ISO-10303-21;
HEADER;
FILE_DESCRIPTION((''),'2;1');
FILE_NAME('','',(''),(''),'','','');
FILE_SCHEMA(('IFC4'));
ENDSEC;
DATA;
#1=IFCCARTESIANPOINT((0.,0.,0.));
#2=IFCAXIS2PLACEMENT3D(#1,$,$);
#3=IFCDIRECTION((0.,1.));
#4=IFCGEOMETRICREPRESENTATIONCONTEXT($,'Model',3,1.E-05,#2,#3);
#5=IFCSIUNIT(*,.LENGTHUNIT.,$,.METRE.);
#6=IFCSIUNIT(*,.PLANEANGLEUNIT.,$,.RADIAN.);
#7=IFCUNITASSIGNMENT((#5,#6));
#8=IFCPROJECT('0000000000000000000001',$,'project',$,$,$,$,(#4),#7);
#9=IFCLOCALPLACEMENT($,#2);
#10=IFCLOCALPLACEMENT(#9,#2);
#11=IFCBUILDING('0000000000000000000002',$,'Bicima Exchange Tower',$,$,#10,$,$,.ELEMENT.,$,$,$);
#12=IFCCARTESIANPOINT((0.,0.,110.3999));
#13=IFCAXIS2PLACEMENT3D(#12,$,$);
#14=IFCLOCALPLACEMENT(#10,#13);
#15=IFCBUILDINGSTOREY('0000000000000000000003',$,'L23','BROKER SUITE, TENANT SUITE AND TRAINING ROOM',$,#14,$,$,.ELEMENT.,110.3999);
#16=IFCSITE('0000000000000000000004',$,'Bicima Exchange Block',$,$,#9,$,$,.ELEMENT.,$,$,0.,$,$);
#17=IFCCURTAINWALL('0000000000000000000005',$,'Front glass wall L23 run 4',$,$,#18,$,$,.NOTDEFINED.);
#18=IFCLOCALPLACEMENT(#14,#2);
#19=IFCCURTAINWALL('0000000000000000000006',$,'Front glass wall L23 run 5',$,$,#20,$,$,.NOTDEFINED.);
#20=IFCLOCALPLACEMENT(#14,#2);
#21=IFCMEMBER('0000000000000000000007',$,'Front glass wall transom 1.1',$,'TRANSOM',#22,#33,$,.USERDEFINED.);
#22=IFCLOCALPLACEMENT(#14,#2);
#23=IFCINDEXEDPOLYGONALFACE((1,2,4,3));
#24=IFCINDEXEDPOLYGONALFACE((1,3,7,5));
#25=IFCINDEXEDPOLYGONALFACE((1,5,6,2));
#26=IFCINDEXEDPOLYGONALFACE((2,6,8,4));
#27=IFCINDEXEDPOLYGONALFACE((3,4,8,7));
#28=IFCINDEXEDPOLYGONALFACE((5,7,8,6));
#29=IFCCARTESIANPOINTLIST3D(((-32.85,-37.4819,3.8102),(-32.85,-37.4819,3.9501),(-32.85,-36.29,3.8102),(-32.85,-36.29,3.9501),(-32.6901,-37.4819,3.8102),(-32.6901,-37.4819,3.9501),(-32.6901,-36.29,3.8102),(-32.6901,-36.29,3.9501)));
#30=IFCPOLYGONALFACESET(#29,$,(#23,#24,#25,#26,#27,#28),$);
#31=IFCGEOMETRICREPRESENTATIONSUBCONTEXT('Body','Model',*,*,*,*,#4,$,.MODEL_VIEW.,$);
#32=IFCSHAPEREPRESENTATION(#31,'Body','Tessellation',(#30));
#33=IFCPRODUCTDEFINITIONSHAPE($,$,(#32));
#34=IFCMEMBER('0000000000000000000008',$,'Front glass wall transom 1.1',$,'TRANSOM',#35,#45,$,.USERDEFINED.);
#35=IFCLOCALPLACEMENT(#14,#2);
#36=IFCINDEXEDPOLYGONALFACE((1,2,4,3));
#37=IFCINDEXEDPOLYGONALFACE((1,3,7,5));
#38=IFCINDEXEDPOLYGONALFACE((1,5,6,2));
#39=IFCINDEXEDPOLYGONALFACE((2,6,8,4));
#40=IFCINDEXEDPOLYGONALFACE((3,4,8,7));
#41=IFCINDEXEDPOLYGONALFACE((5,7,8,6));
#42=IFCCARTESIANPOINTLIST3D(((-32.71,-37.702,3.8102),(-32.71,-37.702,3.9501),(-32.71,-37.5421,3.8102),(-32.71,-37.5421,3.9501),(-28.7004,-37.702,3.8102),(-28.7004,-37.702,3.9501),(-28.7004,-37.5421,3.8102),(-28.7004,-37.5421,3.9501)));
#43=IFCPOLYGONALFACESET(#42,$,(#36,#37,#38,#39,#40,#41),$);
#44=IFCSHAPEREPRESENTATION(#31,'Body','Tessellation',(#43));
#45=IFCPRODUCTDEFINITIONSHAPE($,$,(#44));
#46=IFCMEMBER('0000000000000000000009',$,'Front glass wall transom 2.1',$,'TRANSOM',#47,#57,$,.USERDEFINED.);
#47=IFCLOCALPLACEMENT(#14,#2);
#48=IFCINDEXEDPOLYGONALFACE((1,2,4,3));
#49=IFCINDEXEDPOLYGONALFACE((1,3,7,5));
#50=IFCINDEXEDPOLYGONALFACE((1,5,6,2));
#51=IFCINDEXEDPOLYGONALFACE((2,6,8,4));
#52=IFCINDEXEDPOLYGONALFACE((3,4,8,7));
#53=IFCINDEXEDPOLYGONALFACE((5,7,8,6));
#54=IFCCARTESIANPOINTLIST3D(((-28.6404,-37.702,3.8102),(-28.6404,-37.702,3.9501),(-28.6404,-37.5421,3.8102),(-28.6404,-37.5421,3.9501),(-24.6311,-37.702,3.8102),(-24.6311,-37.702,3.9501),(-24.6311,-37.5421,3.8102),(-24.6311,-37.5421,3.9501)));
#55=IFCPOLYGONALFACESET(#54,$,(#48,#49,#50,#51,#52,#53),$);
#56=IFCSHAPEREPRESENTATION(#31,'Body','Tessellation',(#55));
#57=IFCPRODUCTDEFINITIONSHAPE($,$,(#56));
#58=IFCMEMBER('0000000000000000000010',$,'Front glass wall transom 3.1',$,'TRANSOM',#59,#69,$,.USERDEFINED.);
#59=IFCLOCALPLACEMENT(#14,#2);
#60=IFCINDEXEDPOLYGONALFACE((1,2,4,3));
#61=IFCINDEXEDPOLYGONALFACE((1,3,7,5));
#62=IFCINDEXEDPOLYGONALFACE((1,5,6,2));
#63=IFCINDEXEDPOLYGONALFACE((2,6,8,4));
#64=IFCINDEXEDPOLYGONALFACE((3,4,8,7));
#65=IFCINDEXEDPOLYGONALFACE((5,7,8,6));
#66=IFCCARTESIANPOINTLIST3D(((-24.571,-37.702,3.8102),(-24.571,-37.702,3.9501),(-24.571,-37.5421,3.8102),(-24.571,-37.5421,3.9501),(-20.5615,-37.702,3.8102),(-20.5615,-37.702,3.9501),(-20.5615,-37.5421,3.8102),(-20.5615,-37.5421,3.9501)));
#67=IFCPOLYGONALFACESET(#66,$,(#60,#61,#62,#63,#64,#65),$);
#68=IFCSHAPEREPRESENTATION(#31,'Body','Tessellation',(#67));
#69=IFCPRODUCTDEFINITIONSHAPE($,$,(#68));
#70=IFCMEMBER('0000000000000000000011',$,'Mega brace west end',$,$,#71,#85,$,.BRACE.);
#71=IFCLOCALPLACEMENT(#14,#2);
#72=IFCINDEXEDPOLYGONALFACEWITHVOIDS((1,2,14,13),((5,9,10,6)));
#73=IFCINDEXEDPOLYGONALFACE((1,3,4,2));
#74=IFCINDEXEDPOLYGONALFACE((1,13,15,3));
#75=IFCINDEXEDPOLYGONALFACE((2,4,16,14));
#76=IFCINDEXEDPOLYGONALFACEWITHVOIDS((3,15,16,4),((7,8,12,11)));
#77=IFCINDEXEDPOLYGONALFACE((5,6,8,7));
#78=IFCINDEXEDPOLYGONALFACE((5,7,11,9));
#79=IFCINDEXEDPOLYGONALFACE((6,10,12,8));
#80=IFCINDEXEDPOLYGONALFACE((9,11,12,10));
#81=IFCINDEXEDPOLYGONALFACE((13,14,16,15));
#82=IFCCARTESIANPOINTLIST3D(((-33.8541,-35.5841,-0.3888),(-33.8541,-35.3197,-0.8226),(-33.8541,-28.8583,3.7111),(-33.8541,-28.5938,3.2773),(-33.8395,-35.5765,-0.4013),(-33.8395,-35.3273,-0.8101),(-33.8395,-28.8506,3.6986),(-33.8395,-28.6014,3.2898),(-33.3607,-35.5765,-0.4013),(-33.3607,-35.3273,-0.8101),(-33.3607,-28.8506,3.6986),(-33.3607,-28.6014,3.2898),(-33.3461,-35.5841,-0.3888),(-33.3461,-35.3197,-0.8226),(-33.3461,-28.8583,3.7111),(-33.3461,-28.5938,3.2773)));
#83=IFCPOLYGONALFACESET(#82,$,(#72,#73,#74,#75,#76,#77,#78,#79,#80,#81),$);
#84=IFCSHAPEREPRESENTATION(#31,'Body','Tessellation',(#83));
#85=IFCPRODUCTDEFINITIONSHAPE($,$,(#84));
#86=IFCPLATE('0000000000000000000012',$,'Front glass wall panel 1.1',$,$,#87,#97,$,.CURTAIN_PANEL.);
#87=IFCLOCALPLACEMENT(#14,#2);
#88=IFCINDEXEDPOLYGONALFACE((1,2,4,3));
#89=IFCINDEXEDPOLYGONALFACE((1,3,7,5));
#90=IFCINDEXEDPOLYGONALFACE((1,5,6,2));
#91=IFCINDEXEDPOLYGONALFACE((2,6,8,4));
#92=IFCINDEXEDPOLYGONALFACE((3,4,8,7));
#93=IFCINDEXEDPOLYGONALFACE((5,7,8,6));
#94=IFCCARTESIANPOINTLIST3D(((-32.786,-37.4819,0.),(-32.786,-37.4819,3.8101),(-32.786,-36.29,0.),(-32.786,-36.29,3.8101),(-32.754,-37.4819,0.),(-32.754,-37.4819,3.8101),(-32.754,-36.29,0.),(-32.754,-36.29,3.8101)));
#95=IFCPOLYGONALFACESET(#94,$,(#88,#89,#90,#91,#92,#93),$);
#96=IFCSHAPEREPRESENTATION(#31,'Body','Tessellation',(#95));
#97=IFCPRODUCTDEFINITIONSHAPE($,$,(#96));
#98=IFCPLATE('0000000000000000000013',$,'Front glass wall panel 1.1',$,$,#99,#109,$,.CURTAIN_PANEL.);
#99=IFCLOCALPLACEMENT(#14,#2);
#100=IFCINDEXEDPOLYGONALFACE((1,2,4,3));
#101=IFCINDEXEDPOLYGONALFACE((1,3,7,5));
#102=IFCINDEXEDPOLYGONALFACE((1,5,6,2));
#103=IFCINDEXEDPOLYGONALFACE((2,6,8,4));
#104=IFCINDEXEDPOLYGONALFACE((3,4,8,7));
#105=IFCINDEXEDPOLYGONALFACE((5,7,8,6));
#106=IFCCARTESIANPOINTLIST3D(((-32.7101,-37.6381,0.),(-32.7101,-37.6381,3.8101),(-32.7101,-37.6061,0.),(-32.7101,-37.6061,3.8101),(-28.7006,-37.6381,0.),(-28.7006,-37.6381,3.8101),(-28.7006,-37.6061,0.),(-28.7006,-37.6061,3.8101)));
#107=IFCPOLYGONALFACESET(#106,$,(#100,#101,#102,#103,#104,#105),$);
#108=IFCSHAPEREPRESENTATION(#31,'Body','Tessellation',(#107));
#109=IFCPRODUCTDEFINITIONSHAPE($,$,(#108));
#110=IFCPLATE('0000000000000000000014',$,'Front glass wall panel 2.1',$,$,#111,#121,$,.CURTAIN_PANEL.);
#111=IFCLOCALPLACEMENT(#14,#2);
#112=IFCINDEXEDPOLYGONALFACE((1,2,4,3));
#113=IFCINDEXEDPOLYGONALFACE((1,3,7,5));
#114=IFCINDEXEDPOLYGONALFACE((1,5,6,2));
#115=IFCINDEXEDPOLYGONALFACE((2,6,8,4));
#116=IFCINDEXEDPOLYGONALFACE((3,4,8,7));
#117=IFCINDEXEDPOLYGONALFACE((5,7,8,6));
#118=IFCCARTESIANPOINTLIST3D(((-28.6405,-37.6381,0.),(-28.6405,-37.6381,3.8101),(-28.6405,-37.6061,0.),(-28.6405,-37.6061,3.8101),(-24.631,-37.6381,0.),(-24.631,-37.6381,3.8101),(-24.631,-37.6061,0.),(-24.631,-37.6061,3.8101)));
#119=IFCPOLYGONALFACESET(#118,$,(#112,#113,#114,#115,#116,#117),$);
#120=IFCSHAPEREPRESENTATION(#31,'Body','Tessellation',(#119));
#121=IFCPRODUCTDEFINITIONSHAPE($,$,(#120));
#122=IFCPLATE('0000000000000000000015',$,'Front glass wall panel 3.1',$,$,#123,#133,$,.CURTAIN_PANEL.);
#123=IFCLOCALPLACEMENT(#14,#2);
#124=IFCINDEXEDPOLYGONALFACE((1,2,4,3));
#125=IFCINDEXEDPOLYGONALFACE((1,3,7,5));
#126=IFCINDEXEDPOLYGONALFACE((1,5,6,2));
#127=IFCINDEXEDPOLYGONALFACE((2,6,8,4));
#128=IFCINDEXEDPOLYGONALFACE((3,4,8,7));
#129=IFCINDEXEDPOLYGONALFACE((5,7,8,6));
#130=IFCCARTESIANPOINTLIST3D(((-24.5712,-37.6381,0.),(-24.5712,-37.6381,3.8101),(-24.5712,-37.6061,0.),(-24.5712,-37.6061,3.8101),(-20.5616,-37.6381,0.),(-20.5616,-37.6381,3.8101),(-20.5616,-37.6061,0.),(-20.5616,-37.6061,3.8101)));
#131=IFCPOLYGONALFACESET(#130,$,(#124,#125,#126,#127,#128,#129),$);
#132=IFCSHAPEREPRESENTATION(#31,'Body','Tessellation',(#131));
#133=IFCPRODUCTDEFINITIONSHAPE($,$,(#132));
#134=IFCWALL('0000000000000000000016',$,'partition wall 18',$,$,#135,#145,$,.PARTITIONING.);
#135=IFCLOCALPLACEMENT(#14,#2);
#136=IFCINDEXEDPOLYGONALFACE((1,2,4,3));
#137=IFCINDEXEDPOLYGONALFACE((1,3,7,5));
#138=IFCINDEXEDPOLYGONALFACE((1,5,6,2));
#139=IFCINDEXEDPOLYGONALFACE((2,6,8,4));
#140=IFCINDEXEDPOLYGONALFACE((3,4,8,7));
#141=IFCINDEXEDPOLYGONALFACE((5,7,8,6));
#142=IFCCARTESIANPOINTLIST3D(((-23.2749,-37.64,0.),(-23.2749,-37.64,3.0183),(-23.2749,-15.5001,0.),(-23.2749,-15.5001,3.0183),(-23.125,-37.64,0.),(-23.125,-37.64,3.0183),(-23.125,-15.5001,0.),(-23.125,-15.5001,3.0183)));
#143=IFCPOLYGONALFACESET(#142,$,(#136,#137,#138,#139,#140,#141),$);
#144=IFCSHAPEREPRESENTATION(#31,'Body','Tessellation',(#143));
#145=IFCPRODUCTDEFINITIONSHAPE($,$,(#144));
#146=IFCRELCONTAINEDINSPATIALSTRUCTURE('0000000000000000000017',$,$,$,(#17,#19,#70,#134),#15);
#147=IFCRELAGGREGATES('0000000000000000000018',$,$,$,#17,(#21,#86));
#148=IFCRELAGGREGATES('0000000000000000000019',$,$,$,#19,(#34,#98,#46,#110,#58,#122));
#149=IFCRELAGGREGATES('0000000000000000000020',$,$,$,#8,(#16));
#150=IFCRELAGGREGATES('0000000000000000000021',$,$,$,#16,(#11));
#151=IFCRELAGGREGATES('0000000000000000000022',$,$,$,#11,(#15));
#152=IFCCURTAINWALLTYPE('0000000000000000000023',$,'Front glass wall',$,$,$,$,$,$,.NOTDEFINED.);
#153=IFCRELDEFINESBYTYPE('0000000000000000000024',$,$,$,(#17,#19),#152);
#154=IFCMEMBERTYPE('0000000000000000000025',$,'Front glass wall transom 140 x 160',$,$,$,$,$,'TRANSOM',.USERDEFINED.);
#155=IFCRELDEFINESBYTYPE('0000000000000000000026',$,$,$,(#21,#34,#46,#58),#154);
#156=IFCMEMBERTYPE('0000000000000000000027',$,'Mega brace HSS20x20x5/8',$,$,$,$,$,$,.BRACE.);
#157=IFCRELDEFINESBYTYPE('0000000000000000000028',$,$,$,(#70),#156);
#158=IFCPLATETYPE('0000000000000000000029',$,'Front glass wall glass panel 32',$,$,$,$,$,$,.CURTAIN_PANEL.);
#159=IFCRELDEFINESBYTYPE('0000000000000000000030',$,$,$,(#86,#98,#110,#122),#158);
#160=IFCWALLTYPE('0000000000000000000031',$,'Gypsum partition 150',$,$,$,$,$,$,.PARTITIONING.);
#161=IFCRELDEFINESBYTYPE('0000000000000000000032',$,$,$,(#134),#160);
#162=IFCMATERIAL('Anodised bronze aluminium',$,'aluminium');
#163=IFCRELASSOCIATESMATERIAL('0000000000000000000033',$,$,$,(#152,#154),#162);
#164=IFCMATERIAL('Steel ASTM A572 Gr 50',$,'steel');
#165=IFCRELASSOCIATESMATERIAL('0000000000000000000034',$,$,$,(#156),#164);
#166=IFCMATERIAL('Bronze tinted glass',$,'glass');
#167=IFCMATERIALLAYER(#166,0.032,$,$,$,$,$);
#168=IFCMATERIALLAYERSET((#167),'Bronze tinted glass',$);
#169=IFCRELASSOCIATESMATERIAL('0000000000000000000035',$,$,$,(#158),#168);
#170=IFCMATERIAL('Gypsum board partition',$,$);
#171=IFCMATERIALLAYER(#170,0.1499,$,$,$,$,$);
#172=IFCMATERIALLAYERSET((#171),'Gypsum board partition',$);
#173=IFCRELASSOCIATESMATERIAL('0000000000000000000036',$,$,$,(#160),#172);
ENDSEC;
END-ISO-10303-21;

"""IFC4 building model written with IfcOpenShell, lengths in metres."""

from ifc_helpers import new_model, si_unit, direction, frame, frame_2d, origin, origin_2d, place, context, subcontext, project, spatial, rectangle, hollow_rectangle, extrude, material, layer, layer_set, material_profile, profile_set, type_object, element, aggregate, save


model = new_model("IFC4")

# Units and contexts
model_context = context("Model", 3, precision=1e-05, world=origin(), true_north=direction((0.0, 1.0)))
body_context = subcontext(model_context, "Body", "Model", "MODEL_VIEW")
ifc_project = project(units=[si_unit("LENGTHUNIT", "METRE"), si_unit("PLANEANGLEUNIT", "RADIAN")], contexts=[model_context])

# Site, building, storey
site_placement = place(None, origin())
site = spatial("IfcSite", under=ifc_project, at=site_placement, Name="Bicima Exchange Block", CompositionType="ELEMENT", RefElevation=0.0)
building_placement = place(site_placement, origin())
building = spatial("IfcBuilding", under=site, at=building_placement, Name="Bicima Exchange Tower", CompositionType="ELEMENT")
storey_placement = place(building_placement, frame((0.0, 0.0, 110.3999)))
storey = spatial("IfcBuildingStorey", under=building, at=storey_placement, Name="L23", Description="BROKER SUITE, TENANT SUITE AND TRAINING ROOM", CompositionType="ELEMENT", Elevation=110.3999)

# Shared definitions
ifc_material_1 = material(Name="Steel ASTM A572 Gr 50", Category="steel")

# Shared definitions
ifc_material_2 = material(Name="Anodised bronze aluminium", Category="aluminium")
curtain_wall_type = type_object("IfcCurtainWallType", Name="Front glass wall", PredefinedType="NOTDEFINED", material=ifc_material_2)

# Curtain walls
curtain_wall_1_placement = place(storey_placement, origin())
curtain_wall_1 = element("IfcCurtainWall", 1, at=curtain_wall_1_placement, inside=storey, type_object=curtain_wall_type, Name="Front glass wall L23 run 4", PredefinedType="NOTDEFINED")
curtain_wall_2_placement = place(storey_placement, origin())
curtain_wall_2 = element("IfcCurtainWall", 2, at=curtain_wall_2_placement, inside=storey, type_object=curtain_wall_type, Name="Front glass wall L23 run 5", PredefinedType="NOTDEFINED")

# Members
ifc_material_profile_1 = material_profile(ifc_material_2, rectangle(XDim=0.1599, YDim=0.1399, at=origin_2d()))
ifc_profile_set_1 = profile_set([ifc_material_profile_1], Name="Anodised bronze aluminium")
member_type_1 = type_object("IfcMemberType", Name="Front glass wall transom 140 x 160", ElementType="TRANSOM", PredefinedType="USERDEFINED", material=ifc_profile_set_1)
member_1_placement = place(storey_placement, frame((-32.77, -36.29, 3.8801), z_axis=(0.0, -1.0, 0.0), x_axis=(1.0, 0.0, 0.0)))
member_1 = element("IfcMember", 3, at=member_1_placement, type_object=member_type_1, Name="Front glass wall transom 1.1", ObjectType="TRANSOM", PredefinedType="USERDEFINED", context=body_context, shape_type="SweptSolid", body=[
    extrude(rectangle(XDim=0.1599, YDim=0.1399, at=origin_2d()), origin(), (0.0, 0.0, 1.0), 1.1919),
])
member_2_placement = place(storey_placement, frame((-32.71, -37.6221, 3.8801), z_axis=(1.0, 0.0, 0.0), x_axis=(0.0, 1.0, 0.0)))
member_2 = element("IfcMember", 4, at=member_2_placement, type_object=member_type_1, Name="Front glass wall transom 1.1", ObjectType="TRANSOM", PredefinedType="USERDEFINED", context=body_context, shape_type="SweptSolid", body=[
    extrude(rectangle(XDim=0.1599, YDim=0.1399, at=origin_2d()), origin(), (0.0, 0.0, 1.0), 4.0095),
])
member_3_placement = place(storey_placement, frame((-28.6404, -37.6221, 3.8801), z_axis=(1.0, 0.0, 0.0), x_axis=(0.0, 1.0, 0.0)))
member_3 = element("IfcMember", 5, at=member_3_placement, type_object=member_type_1, Name="Front glass wall transom 2.1", ObjectType="TRANSOM", PredefinedType="USERDEFINED", context=body_context, shape_type="SweptSolid", body=[
    extrude(rectangle(XDim=0.1599, YDim=0.1399, at=origin_2d()), origin(), (0.0, 0.0, 1.0), 4.0093),
])
member_4_placement = place(storey_placement, frame((-24.571, -37.6221, 3.8801), z_axis=(1.0, 0.0, 0.0), x_axis=(0.0, 1.0, 0.0)))
member_4 = element("IfcMember", 6, at=member_4_placement, type_object=member_type_1, Name="Front glass wall transom 3.1", ObjectType="TRANSOM", PredefinedType="USERDEFINED", context=body_context, shape_type="SweptSolid", body=[
    extrude(rectangle(XDim=0.1599, YDim=0.1399, at=origin_2d()), origin(), (0.0, 0.0, 1.0), 4.0095),
])
ifc_material_profile_2 = material_profile(ifc_material_1, hollow_rectangle(XDim=0.5081, YDim=0.5081, WallThickness=0.0146, at=origin_2d()))
ifc_profile_set_2 = profile_set([ifc_material_profile_2], Name="Steel ASTM A572 Gr 50")
member_type_2 = type_object("IfcMemberType", Name="Mega brace HSS20x20x5/8", PredefinedType="BRACE", material=ifc_profile_set_2)
member_5_placement = place(storey_placement, frame((-33.6001, -35.4519, -0.6057), z_axis=(0.0, 0.853867, 0.520491), x_axis=(-1.0, 0.0, 0.0)))
element("IfcMember", 7, at=member_5_placement, inside=storey, type_object=member_type_2, Name="Mega brace west end", PredefinedType="BRACE", context=body_context, shape_type="SweptSolid", body=[
    extrude(hollow_rectangle(XDim=0.5081, YDim=0.5081, WallThickness=0.0146, at=origin_2d()), origin(), (0.0, 0.0, 1.0), 7.877),
])

# Plates
ifc_material_3 = material(Name="Bronze tinted glass", Category="glass")
ifc_layer_1 = layer(ifc_material_3, 0.032)
ifc_layer_set_1 = layer_set([ifc_layer_1], Name="Bronze tinted glass")
plate_type = type_object("IfcPlateType", Name="Front glass wall glass panel 32", PredefinedType="CURTAIN_PANEL", material=ifc_layer_set_1)
plate_1_placement = place(storey_placement, frame((-32.77, -36.886, 0.0), z_axis=(0.0, 0.0, 1.0), x_axis=(0.0, -1.0, 0.0)))
plate_1 = element("IfcPlate", 8, at=plate_1_placement, type_object=plate_type, Name="Front glass wall panel 1.1", PredefinedType="CURTAIN_PANEL", context=body_context, shape_type="SweptSolid", body=[
    extrude(rectangle(XDim=1.1919, YDim=0.032, at=origin_2d()), origin(), (0.0, 0.0, 1.0), 3.8101),
])
aggregate(curtain_wall_1, [member_1, plate_1])
plate_2_placement = place(storey_placement, frame((-30.7053, -37.6221, 0.0), z_axis=(0.0, 0.0, 1.0), x_axis=(1.0, 0.0, 0.0)))
plate_2 = element("IfcPlate", 9, at=plate_2_placement, type_object=plate_type, Name="Front glass wall panel 1.1", PredefinedType="CURTAIN_PANEL", context=body_context, shape_type="SweptSolid", body=[
    extrude(rectangle(XDim=4.0095, YDim=0.032, at=origin_2d()), origin(), (0.0, 0.0, 1.0), 3.8101),
])
plate_3_placement = place(storey_placement, frame((-26.6357, -37.6221, 0.0), z_axis=(0.0, 0.0, 1.0), x_axis=(1.0, 0.0, 0.0)))
plate_3 = element("IfcPlate", 10, at=plate_3_placement, type_object=plate_type, Name="Front glass wall panel 2.1", PredefinedType="CURTAIN_PANEL", context=body_context, shape_type="SweptSolid", body=[
    extrude(rectangle(XDim=4.0095, YDim=0.032, at=origin_2d()), origin(), (0.0, 0.0, 1.0), 3.8101),
])
plate_4_placement = place(storey_placement, frame((-22.5664, -37.6221, 0.0), z_axis=(0.0, 0.0, 1.0), x_axis=(1.0, 0.0, 0.0)))
plate_4 = element("IfcPlate", 11, at=plate_4_placement, type_object=plate_type, Name="Front glass wall panel 3.1", PredefinedType="CURTAIN_PANEL", context=body_context, shape_type="SweptSolid", body=[
    extrude(rectangle(XDim=4.0095, YDim=0.032, at=origin_2d()), origin(), (0.0, 0.0, 1.0), 3.8101),
])
aggregate(curtain_wall_2, [member_2, plate_2, member_3, plate_3, member_4, plate_4])

# Wall
ifc_material_4 = material(Name="Gypsum board partition")
ifc_layer_2 = layer(ifc_material_4, 0.1499)
ifc_layer_set_2 = layer_set([ifc_layer_2], Name="Gypsum board partition")
wall_type = type_object("IfcWallType", Name="Gypsum partition 150", PredefinedType="PARTITIONING", material=ifc_layer_set_2)
wall_placement = place(storey_placement, frame((-23.2, -37.6399, 0.0), z_axis=(0.0, 0.0, 1.0), x_axis=(0.0, 1.0, 0.0)))
element("IfcWall", 12, at=wall_placement, inside=storey, type_object=wall_type, Name="partition wall 18", PredefinedType="PARTITIONING", context=body_context, shape_type="SweptSolid", body=[
    extrude(rectangle(XDim=22.1399, YDim=0.1499, at=frame_2d((11.0698, 0.0))), origin(), (0.0, 0.0, 1.0), 3.0183),
])

save(model, "model.ifc")
